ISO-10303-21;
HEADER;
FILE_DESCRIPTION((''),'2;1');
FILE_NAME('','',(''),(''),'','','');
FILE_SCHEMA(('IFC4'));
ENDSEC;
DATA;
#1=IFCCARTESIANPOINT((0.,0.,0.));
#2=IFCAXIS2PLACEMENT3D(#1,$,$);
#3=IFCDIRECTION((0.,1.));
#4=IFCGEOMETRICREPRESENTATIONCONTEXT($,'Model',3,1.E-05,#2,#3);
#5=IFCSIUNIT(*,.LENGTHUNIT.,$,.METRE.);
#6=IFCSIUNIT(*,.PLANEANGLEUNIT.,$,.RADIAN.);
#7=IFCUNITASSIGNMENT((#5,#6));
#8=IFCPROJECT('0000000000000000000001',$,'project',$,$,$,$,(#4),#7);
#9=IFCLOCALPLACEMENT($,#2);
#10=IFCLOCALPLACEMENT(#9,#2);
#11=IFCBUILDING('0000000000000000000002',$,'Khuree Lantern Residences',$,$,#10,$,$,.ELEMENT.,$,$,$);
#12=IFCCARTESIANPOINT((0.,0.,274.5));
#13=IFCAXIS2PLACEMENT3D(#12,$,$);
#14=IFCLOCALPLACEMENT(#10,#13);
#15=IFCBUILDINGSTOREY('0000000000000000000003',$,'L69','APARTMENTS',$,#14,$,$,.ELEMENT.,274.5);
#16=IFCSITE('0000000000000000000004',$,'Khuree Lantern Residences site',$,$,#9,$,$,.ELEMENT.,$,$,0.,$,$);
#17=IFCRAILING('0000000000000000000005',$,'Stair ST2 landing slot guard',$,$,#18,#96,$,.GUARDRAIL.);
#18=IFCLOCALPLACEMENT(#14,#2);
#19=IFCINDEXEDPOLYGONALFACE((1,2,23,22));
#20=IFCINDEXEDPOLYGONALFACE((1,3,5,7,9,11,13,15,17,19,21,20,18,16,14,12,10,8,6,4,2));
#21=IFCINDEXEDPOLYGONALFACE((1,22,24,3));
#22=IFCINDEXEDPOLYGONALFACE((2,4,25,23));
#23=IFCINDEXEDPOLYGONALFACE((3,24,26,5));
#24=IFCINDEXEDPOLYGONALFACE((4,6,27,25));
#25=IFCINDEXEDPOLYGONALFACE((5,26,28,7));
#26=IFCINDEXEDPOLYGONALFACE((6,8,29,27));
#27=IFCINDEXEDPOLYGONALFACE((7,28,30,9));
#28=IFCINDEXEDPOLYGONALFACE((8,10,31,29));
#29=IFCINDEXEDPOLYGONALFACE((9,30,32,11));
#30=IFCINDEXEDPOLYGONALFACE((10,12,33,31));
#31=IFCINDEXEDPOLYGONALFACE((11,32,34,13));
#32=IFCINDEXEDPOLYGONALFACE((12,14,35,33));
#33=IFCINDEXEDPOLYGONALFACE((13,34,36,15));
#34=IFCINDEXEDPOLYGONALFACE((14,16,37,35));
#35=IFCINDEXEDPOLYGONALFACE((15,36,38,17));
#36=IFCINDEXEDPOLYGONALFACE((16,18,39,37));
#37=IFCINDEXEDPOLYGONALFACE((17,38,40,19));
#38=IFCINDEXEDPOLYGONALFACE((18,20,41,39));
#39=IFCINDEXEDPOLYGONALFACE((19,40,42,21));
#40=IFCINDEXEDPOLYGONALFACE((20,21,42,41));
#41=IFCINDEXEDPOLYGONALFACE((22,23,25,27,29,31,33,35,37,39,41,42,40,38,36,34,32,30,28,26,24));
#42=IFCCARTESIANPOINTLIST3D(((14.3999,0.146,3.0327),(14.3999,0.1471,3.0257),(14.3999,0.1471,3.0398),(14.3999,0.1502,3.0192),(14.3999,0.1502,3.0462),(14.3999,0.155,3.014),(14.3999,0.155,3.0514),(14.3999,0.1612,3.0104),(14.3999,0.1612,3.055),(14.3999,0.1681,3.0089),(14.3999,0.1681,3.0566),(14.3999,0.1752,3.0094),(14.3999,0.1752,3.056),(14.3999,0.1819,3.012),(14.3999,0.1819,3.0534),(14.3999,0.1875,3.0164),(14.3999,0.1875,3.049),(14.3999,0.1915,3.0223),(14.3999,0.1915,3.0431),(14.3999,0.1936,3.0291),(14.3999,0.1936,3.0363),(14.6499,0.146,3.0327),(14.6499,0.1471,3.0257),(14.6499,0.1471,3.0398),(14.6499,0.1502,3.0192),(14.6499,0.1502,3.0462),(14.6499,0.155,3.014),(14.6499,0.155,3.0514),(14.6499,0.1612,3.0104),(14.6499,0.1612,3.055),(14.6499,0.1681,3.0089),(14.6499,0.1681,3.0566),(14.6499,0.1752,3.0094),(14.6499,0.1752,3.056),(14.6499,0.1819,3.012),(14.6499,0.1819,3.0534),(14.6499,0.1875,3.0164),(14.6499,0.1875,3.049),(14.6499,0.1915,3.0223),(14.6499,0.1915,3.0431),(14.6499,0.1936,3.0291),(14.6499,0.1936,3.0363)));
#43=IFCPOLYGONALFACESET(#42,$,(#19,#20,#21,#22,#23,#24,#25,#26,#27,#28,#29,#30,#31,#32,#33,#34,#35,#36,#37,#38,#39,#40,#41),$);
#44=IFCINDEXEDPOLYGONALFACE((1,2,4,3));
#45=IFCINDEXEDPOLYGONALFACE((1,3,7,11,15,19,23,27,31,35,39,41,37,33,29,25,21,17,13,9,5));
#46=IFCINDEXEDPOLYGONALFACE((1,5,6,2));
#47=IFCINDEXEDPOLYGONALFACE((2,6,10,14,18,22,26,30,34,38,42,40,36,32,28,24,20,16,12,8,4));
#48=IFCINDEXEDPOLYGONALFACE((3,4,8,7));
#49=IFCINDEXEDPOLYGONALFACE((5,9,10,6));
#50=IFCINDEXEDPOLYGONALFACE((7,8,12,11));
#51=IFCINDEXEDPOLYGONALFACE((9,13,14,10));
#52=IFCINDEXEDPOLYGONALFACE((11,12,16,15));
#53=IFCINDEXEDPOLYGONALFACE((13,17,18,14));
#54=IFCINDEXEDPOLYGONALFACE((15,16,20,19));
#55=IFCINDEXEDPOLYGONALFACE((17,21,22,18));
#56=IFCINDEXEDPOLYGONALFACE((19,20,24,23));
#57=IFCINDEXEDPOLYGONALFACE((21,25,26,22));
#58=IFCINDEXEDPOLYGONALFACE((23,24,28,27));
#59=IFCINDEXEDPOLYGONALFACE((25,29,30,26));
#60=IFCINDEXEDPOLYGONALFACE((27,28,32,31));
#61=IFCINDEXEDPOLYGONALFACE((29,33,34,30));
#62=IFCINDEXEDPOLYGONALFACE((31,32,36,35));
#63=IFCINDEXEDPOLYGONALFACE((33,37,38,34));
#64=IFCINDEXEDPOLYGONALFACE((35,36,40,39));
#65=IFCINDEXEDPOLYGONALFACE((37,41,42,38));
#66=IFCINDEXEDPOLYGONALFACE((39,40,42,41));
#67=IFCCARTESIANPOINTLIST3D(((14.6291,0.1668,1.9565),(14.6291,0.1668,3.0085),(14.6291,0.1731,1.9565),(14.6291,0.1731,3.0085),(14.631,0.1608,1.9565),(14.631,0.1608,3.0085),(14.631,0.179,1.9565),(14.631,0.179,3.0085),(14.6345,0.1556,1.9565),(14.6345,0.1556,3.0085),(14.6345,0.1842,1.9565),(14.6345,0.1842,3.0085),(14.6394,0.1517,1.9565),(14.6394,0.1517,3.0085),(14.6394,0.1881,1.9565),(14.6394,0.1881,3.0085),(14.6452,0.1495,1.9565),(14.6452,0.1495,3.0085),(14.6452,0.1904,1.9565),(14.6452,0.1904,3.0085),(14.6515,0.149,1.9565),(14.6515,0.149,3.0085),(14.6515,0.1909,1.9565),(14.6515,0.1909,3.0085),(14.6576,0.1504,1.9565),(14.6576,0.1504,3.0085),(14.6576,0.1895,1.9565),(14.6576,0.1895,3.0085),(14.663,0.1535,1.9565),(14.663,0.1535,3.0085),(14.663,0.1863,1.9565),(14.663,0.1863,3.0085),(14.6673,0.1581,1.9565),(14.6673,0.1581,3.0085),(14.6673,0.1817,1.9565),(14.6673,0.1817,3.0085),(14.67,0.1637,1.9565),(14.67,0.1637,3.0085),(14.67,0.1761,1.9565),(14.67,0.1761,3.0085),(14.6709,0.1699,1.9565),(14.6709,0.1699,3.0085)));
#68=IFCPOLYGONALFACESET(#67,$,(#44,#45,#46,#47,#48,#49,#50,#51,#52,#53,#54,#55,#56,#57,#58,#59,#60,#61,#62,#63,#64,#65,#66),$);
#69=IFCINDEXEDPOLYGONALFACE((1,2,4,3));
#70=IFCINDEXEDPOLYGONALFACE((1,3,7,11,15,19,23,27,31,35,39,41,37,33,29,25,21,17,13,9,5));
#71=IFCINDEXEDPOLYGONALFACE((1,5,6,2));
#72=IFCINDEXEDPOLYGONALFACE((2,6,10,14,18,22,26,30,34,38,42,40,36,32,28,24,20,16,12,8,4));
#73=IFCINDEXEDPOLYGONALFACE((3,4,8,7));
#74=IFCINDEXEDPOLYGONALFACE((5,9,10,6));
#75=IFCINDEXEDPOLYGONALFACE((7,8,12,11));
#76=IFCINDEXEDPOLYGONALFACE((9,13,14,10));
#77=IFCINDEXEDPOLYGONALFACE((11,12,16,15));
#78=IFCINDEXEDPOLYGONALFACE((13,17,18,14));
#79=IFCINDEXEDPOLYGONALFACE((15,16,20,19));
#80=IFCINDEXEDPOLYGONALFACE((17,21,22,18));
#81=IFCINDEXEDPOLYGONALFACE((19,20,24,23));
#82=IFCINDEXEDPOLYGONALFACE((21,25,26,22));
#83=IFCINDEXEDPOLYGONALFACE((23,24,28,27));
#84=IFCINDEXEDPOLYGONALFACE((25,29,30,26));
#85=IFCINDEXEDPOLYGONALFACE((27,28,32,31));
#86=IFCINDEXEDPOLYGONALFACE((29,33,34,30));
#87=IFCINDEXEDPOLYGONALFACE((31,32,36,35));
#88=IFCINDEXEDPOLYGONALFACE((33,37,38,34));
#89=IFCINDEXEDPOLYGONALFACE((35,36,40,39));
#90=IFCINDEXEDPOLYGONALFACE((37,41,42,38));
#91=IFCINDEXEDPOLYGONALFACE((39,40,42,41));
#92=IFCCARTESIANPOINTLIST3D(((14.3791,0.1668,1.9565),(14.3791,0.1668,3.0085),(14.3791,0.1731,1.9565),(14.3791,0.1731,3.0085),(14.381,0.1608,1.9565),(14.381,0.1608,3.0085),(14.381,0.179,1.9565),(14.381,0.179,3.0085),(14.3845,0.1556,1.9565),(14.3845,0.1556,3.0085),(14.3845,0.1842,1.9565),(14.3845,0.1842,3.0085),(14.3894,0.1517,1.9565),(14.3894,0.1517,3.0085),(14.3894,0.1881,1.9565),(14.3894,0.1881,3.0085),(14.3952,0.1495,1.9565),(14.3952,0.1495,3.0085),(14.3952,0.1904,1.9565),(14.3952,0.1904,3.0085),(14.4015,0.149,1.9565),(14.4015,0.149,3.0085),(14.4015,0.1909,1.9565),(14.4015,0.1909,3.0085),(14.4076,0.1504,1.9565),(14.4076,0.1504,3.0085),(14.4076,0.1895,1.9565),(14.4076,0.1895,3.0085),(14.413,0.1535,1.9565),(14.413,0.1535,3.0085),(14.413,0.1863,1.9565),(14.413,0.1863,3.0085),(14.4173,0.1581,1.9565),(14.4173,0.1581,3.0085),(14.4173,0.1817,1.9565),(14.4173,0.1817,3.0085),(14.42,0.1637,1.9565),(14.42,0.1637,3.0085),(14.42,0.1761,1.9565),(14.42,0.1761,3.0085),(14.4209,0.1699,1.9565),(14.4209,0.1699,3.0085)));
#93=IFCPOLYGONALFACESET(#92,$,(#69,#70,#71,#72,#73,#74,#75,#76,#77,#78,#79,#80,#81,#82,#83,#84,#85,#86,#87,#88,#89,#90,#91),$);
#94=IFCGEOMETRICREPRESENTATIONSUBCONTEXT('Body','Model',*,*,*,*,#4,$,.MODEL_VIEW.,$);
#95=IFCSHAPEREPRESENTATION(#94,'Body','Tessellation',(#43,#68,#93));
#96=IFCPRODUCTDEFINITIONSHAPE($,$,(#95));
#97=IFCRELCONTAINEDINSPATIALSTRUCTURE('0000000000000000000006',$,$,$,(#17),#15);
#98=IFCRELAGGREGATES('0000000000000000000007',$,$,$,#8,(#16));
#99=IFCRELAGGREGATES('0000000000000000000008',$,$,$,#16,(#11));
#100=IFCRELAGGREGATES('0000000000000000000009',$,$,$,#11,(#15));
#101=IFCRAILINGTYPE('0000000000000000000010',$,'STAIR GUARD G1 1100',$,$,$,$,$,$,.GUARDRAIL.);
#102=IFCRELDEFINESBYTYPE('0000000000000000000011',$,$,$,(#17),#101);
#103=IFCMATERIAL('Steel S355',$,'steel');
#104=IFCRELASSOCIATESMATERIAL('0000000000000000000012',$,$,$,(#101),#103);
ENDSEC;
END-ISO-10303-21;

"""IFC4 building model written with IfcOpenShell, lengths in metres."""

from ifc_helpers import new_model, si_unit, direction, frame, origin, origin_2d, place, context, subcontext, project, spatial, circle, extrude, material, type_object, element, save


model = new_model("IFC4")

# Units and contexts
model_context = context("Model", 3, precision=1e-05, world=origin(), true_north=direction((0.0, 1.0)))
body_context = subcontext(model_context, "Body", "Model", "MODEL_VIEW")
ifc_project = project(units=[si_unit("LENGTHUNIT", "METRE"), si_unit("PLANEANGLEUNIT", "RADIAN")], contexts=[model_context])

# Site, building, storey
site_placement = place(None, origin())
site = spatial("IfcSite", under=ifc_project, at=site_placement, Name="Khuree Lantern Residences site", CompositionType="ELEMENT", RefElevation=0.0)
building_placement = place(site_placement, origin())
building = spatial("IfcBuilding", under=site, at=building_placement, Name="Khuree Lantern Residences", CompositionType="ELEMENT")
storey_placement = place(building_placement, frame((0.0, 0.0, 274.5)))
storey = spatial("IfcBuildingStorey", under=building, at=storey_placement, Name="L69", Description="APARTMENTS", CompositionType="ELEMENT", Elevation=274.5)

# Railing
ifc_material_1 = material(Name="Steel S355", Category="steel")
railing_type = type_object("IfcRailingType", Name="STAIR GUARD G1 1100", PredefinedType="GUARDRAIL", material=ifc_material_1)
railing_placement = place(storey_placement, frame((14.6499, 0.1699, 1.9565)))
element("IfcRailing", 1, at=railing_placement, inside=storey, type_object=railing_type, Name="Stair ST2 landing slot guard", PredefinedType="GUARDRAIL", context=body_context, shape_type="SweptSolid", body=[
    extrude(circle(Radius=0.0239, at=origin_2d()), frame((0.0, 0.0, 1.0762), z_axis=(-1.0, 0.0, 0.0), x_axis=(0.0, -1.0, 0.0)), (0.0, 0.0, 1.0), 0.25),
    extrude(circle(Radius=0.021, at=origin_2d()), origin(), (0.0, 0.0, 1.0), 1.052),
    extrude(circle(Radius=0.021, at=origin_2d()), frame((-0.25, 0.0, 0.0)), (0.0, 0.0, 1.0), 1.052),
])

save(model, "model.ifc")
